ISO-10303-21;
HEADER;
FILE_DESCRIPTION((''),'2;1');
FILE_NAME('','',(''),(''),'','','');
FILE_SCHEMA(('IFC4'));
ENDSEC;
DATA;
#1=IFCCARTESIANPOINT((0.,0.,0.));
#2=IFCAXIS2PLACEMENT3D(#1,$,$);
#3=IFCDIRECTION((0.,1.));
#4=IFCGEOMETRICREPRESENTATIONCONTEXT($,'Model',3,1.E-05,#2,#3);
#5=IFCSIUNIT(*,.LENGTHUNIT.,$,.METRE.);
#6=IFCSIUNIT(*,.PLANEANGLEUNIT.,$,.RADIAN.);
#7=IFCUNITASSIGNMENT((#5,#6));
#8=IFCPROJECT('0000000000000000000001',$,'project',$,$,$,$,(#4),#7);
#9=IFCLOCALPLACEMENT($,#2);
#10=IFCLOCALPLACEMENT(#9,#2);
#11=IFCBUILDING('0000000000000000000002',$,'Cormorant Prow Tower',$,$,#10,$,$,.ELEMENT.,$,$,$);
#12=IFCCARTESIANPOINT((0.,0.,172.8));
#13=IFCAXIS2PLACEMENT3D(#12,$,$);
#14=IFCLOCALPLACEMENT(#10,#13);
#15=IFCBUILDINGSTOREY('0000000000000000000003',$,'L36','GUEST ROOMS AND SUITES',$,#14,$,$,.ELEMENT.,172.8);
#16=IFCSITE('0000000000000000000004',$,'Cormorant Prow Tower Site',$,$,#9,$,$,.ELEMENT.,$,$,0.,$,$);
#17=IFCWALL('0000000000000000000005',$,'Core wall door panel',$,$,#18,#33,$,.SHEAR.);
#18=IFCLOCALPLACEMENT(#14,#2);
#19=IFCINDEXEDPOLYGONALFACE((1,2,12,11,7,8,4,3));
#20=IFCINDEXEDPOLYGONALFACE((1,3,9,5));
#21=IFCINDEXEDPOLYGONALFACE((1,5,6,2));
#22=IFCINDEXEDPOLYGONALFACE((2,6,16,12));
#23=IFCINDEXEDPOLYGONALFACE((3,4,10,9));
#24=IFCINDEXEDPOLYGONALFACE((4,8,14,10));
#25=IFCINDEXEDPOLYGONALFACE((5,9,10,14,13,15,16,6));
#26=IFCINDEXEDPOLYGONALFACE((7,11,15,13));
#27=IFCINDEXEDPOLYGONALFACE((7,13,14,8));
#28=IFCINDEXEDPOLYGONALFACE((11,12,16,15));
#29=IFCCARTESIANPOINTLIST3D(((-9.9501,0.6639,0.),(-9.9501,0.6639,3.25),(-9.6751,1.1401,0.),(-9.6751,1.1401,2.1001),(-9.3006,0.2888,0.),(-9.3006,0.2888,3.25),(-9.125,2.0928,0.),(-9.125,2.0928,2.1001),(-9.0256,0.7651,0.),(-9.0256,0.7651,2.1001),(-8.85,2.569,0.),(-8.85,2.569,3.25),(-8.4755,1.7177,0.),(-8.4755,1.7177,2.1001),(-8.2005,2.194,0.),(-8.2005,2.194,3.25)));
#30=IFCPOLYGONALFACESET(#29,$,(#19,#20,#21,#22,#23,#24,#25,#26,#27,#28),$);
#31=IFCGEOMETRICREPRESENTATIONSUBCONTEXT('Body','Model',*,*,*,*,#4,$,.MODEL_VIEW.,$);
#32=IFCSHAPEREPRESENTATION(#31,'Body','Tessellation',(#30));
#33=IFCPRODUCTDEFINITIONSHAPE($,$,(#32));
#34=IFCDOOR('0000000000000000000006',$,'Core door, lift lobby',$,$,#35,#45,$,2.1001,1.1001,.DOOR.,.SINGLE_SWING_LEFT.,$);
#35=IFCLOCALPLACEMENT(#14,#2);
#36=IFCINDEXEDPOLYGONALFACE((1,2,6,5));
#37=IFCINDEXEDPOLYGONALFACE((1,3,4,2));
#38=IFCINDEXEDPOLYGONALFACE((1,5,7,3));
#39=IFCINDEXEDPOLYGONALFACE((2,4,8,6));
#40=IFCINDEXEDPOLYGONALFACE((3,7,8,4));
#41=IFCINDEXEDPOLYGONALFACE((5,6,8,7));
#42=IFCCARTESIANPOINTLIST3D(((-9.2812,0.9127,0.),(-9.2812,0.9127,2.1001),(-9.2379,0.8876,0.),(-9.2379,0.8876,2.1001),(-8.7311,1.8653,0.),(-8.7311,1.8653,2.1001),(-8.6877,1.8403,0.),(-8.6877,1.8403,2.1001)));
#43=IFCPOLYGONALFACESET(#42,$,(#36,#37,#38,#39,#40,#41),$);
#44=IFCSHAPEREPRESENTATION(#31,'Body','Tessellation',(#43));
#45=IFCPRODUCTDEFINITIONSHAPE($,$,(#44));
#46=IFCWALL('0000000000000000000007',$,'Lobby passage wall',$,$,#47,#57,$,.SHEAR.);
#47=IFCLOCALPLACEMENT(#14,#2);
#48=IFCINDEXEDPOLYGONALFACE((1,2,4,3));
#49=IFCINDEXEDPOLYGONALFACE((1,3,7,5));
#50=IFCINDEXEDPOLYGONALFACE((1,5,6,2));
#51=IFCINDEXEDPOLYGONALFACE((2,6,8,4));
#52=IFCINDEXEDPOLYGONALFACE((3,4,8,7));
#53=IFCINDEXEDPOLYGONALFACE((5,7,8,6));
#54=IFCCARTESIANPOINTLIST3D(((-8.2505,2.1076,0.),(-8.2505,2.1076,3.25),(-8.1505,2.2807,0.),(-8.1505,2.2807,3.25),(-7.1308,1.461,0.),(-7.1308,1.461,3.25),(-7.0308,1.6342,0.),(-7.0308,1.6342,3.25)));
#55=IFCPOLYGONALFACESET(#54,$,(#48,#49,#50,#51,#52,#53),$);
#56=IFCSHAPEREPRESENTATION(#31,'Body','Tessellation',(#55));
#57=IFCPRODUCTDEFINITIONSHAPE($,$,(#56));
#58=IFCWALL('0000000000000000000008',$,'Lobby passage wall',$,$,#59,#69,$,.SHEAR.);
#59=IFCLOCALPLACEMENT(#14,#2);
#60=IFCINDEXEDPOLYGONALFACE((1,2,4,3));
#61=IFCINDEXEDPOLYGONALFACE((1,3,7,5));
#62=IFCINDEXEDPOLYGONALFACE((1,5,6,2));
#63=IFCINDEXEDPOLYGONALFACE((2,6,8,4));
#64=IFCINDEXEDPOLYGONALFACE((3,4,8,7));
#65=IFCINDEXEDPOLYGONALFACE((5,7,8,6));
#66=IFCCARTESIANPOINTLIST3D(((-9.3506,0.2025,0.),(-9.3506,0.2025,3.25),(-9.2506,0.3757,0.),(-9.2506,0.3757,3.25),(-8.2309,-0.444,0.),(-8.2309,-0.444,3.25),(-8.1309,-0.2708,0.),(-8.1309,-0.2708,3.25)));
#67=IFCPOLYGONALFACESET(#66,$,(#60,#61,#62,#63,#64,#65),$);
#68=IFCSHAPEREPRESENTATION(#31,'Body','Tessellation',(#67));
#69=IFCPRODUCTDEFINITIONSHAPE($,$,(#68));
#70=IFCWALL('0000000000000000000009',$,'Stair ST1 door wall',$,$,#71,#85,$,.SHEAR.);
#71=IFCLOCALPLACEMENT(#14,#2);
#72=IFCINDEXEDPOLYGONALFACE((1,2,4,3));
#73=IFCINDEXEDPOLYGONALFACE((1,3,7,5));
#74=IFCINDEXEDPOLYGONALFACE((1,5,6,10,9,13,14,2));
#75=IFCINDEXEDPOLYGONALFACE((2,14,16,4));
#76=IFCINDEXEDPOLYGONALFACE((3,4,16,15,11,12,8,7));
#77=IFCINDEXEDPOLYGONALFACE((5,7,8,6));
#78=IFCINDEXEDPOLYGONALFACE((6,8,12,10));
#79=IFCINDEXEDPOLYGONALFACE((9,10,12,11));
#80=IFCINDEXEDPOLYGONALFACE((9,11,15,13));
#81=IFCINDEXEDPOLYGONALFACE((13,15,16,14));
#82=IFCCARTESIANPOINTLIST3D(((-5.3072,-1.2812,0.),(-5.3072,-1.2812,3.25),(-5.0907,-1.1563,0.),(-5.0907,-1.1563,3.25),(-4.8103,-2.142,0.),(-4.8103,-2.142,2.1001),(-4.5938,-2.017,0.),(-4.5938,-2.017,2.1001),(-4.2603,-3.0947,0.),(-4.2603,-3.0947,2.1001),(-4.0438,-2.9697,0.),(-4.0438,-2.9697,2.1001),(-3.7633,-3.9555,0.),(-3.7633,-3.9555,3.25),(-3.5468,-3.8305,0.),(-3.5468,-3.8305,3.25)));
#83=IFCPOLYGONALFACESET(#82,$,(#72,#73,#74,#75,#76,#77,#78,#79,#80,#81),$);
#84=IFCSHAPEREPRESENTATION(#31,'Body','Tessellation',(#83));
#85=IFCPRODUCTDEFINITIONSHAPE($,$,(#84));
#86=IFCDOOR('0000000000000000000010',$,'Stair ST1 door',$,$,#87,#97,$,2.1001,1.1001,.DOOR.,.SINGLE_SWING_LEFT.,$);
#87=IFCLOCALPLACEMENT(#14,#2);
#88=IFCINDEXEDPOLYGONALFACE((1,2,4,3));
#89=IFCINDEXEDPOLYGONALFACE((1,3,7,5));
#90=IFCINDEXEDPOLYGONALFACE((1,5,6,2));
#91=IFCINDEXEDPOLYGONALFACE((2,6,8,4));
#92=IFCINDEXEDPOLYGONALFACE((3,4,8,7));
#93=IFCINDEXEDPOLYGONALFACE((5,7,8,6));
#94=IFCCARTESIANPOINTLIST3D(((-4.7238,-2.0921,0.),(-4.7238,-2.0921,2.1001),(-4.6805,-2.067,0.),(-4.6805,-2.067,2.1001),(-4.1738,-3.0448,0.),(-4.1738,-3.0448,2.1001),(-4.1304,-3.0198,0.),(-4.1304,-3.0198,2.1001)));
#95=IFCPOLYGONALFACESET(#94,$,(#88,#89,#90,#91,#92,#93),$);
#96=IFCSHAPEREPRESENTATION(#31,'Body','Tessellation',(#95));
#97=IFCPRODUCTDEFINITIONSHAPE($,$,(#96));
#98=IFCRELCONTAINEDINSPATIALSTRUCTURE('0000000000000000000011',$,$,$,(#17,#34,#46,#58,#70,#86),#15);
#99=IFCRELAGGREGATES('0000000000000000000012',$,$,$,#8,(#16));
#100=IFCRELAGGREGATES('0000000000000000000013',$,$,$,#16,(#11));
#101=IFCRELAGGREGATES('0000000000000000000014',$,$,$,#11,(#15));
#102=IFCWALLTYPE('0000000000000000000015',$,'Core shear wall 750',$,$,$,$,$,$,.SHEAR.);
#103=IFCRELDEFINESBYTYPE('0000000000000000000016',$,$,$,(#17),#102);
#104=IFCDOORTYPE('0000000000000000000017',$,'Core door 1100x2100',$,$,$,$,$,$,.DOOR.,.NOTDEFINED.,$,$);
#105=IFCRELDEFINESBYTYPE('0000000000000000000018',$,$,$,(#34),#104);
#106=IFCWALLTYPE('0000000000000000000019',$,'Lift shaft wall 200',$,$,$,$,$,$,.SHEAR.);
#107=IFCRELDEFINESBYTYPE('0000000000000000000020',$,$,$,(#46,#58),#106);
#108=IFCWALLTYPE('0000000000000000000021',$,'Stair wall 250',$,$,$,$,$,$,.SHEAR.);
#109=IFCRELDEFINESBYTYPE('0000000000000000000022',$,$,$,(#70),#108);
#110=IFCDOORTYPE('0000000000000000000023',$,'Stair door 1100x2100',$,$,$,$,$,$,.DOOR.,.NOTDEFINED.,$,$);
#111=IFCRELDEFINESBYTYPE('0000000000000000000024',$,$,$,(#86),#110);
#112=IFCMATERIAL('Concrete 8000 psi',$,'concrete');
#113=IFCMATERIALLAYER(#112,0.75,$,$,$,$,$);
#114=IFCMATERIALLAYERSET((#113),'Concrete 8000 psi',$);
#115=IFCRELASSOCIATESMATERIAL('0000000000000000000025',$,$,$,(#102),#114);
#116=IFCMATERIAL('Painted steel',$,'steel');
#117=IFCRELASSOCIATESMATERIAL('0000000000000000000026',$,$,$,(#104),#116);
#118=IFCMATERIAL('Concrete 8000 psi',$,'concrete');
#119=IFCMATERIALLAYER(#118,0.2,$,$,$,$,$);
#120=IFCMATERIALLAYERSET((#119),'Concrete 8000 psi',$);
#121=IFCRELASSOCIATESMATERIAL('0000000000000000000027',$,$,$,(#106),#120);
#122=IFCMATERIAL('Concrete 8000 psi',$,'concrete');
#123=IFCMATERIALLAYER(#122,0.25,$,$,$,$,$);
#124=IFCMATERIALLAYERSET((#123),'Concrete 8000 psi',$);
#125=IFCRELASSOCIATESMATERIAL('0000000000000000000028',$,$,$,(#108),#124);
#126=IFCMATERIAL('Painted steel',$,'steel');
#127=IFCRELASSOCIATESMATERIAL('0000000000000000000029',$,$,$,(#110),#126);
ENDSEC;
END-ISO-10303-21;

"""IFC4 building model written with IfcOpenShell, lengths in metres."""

from ifc_helpers import new_model, si_unit, direction, frame, frame_2d, origin, place, context, subcontext, project, spatial, rectangle, extrude, material, layer, layer_set, type_object, element, fill, save


model = new_model("IFC4")

# Units and contexts
model_context = context("Model", 3, precision=1e-05, world=origin(), true_north=direction((0.0, 1.0)))
body_context = subcontext(model_context, "Body", "Model", "MODEL_VIEW")
ifc_project = project(units=[si_unit("LENGTHUNIT", "METRE"), si_unit("PLANEANGLEUNIT", "RADIAN")], contexts=[model_context])

# Site, building, storey
site_placement = place(None, origin())
site = spatial("IfcSite", under=ifc_project, at=site_placement, Name="Cormorant Prow Tower Site", CompositionType="ELEMENT", RefElevation=0.0)
building_placement = place(site_placement, origin())
building = spatial("IfcBuilding", under=site, at=building_placement, Name="Cormorant Prow Tower", CompositionType="ELEMENT")
storey_placement = place(building_placement, frame((0.0, 0.0, 172.8)))
storey = spatial("IfcBuildingStorey", under=building, at=storey_placement, Name="L36", Description="GUEST ROOMS AND SUITES", CompositionType="ELEMENT", Elevation=172.8)

# Wall, opening, door
ifc_material_1 = material(Name="Concrete 8000 psi", Category="concrete")
ifc_layer_1 = layer(ifc_material_1, 0.75)
ifc_layer_set_1 = layer_set([ifc_layer_1], Name="Concrete 8000 psi")
wall_type_1 = type_object("IfcWallType", Name="Core shear wall 750", PredefinedType="SHEAR", material=ifc_layer_set_1)
wall_1_placement = place(storey_placement, frame((-8.5251, 2.3816, 0.0), z_axis=(0.0, 0.0, 1.0), x_axis=(-0.500078, -0.86598, 0.0)))
wall_1 = element("IfcWall", 1, at=wall_1_placement, inside=storey, type_object=wall_type_1, Name="Core wall door panel", PredefinedType="SHEAR", context=body_context, shape_type="SweptSolid", body=[
    extrude(rectangle(XDim=2.2, YDim=0.75, at=frame_2d((1.1001, 0.0))), origin(), (0.0, 0.0, 1.0), 3.25),
])
opening_1_placement = place(wall_1_placement, frame((0.55, 0.0, 0.0)))
opening_1 = element("IfcOpeningElement", 2, at=opening_1_placement, cuts=wall_1, PredefinedType="OPENING", context=body_context, shape_type="SweptSolid", body=[
    extrude(rectangle(XDim=1.1001, YDim=2.1001, at=frame_2d((0.55, 1.05))), frame((0.0, 0.385, 0.0), z_axis=(0.0, -1.0, 0.0), x_axis=(1.0, 0.0, 0.0)), (0.0, 0.0, 1.0), 0.77),
])
ifc_material_2 = material(Name="Painted steel", Category="steel")
door_type_1 = type_object("IfcDoorType", Name="Core door 1100x2100", OperationType="NOTDEFINED", PredefinedType="DOOR", material=ifc_material_2)
door_1_placement = place(opening_1_placement, origin())
door_1 = element("IfcDoor", 3, at=door_1_placement, inside=storey, type_object=door_type_1, Name="Core door, lift lobby", OperationType="SINGLE_SWING_LEFT", OverallHeight=2.1001, OverallWidth=1.1001, PredefinedType="DOOR", context=body_context, shape_type="SweptSolid", body=[
    extrude(rectangle(XDim=1.1001, YDim=2.1001, at=frame_2d((0.55, 1.05))), frame((0.0, 0.1299, 0.0), z_axis=(0.0, -1.0, 0.0), x_axis=(1.0, 0.0, 0.0)), (0.0, 0.0, 1.0), 0.05),
])
fill(opening_1, door_1)

# Walls
ifc_material_3 = material(Name="Concrete 8000 psi", Category="concrete")
ifc_layer_2 = layer(ifc_material_3, 0.2)
ifc_layer_set_2 = layer_set([ifc_layer_2], Name="Concrete 8000 psi")
wall_type_2 = type_object("IfcWallType", Name="Lift shaft wall 200", PredefinedType="SHEAR", material=ifc_layer_set_2)
for number, where, z_axis, x_axis, name in (
    (4, (-7.0808, 1.5476, 0.0), (0.0, 0.0, 1.0), (-0.866003, 0.500038, 0.0), "Lobby passage wall"),
    (5, (-8.1809, -0.3574, 0.0), (0.0, 0.0, 1.0), (-0.866003, 0.500038, 0.0), "Lobby passage wall"),
):
    element("IfcWall", number, at=place(storey_placement, frame(where, z_axis=z_axis, x_axis=x_axis)), inside=storey, type_object=wall_type_2, Name=name, PredefinedType="SHEAR", context=body_context, shape_type="SweptSolid", body=[
        extrude(rectangle(XDim=1.293, YDim=0.2, at=frame_2d((0.6465, 0.0))), origin(), (0.0, 0.0, 1.0), 3.25),
    ])

# Wall, opening, door
ifc_material_4 = material(Name="Concrete 8000 psi", Category="concrete")
ifc_layer_3 = layer(ifc_material_4, 0.25)
ifc_layer_set_3 = layer_set([ifc_layer_3], Name="Concrete 8000 psi")
wall_type_3 = type_object("IfcWallType", Name="Stair wall 250", PredefinedType="SHEAR", material=ifc_layer_set_3)
wall_2_placement = place(storey_placement, frame((-5.199, -1.2188, 0.0), z_axis=(0.0, 0.0, 1.0), x_axis=(0.499983, -0.866035, 0.0)))
wall_2 = element("IfcWall", 6, at=wall_2_placement, inside=storey, type_object=wall_type_3, Name="Stair ST1 door wall", PredefinedType="SHEAR", context=body_context, shape_type="SweptSolid", body=[
    extrude(rectangle(XDim=3.0879, YDim=0.25, at=frame_2d((1.5439, 0.0))), origin(), (0.0, 0.0, 1.0), 3.25),
])
opening_2_placement = place(wall_2_placement, frame((0.9939, 0.0, 0.0)))
opening_2 = element("IfcOpeningElement", 7, at=opening_2_placement, cuts=wall_2, PredefinedType="OPENING", context=body_context, shape_type="SweptSolid", body=[
    extrude(rectangle(XDim=1.1001, YDim=2.1001, at=frame_2d((0.55, 1.05))), frame((0.0, 0.135, 0.0), z_axis=(0.0, -1.0, 0.0), x_axis=(1.0, 0.0, 0.0)), (0.0, 0.0, 1.0), 0.27),
])
ifc_material_5 = material(Name="Painted steel", Category="steel")
door_type_2 = type_object("IfcDoorType", Name="Stair door 1100x2100", OperationType="NOTDEFINED", PredefinedType="DOOR", material=ifc_material_5)
door_2_placement = place(opening_2_placement, origin())
door_2 = element("IfcDoor", 8, at=door_2_placement, inside=storey, type_object=door_type_2, Name="Stair ST1 door", OperationType="SINGLE_SWING_LEFT", OverallHeight=2.1001, OverallWidth=1.1001, PredefinedType="DOOR", context=body_context, shape_type="SweptSolid", body=[
    extrude(rectangle(XDim=1.1001, YDim=2.1001, at=frame_2d((0.55, 1.05))), frame((0.0, 0.0249, 0.0), z_axis=(0.0, -1.0, 0.0), x_axis=(1.0, 0.0, 0.0)), (0.0, 0.0, 1.0), 0.05),
])
fill(opening_2, door_2)

save(model, "model.ifc")
